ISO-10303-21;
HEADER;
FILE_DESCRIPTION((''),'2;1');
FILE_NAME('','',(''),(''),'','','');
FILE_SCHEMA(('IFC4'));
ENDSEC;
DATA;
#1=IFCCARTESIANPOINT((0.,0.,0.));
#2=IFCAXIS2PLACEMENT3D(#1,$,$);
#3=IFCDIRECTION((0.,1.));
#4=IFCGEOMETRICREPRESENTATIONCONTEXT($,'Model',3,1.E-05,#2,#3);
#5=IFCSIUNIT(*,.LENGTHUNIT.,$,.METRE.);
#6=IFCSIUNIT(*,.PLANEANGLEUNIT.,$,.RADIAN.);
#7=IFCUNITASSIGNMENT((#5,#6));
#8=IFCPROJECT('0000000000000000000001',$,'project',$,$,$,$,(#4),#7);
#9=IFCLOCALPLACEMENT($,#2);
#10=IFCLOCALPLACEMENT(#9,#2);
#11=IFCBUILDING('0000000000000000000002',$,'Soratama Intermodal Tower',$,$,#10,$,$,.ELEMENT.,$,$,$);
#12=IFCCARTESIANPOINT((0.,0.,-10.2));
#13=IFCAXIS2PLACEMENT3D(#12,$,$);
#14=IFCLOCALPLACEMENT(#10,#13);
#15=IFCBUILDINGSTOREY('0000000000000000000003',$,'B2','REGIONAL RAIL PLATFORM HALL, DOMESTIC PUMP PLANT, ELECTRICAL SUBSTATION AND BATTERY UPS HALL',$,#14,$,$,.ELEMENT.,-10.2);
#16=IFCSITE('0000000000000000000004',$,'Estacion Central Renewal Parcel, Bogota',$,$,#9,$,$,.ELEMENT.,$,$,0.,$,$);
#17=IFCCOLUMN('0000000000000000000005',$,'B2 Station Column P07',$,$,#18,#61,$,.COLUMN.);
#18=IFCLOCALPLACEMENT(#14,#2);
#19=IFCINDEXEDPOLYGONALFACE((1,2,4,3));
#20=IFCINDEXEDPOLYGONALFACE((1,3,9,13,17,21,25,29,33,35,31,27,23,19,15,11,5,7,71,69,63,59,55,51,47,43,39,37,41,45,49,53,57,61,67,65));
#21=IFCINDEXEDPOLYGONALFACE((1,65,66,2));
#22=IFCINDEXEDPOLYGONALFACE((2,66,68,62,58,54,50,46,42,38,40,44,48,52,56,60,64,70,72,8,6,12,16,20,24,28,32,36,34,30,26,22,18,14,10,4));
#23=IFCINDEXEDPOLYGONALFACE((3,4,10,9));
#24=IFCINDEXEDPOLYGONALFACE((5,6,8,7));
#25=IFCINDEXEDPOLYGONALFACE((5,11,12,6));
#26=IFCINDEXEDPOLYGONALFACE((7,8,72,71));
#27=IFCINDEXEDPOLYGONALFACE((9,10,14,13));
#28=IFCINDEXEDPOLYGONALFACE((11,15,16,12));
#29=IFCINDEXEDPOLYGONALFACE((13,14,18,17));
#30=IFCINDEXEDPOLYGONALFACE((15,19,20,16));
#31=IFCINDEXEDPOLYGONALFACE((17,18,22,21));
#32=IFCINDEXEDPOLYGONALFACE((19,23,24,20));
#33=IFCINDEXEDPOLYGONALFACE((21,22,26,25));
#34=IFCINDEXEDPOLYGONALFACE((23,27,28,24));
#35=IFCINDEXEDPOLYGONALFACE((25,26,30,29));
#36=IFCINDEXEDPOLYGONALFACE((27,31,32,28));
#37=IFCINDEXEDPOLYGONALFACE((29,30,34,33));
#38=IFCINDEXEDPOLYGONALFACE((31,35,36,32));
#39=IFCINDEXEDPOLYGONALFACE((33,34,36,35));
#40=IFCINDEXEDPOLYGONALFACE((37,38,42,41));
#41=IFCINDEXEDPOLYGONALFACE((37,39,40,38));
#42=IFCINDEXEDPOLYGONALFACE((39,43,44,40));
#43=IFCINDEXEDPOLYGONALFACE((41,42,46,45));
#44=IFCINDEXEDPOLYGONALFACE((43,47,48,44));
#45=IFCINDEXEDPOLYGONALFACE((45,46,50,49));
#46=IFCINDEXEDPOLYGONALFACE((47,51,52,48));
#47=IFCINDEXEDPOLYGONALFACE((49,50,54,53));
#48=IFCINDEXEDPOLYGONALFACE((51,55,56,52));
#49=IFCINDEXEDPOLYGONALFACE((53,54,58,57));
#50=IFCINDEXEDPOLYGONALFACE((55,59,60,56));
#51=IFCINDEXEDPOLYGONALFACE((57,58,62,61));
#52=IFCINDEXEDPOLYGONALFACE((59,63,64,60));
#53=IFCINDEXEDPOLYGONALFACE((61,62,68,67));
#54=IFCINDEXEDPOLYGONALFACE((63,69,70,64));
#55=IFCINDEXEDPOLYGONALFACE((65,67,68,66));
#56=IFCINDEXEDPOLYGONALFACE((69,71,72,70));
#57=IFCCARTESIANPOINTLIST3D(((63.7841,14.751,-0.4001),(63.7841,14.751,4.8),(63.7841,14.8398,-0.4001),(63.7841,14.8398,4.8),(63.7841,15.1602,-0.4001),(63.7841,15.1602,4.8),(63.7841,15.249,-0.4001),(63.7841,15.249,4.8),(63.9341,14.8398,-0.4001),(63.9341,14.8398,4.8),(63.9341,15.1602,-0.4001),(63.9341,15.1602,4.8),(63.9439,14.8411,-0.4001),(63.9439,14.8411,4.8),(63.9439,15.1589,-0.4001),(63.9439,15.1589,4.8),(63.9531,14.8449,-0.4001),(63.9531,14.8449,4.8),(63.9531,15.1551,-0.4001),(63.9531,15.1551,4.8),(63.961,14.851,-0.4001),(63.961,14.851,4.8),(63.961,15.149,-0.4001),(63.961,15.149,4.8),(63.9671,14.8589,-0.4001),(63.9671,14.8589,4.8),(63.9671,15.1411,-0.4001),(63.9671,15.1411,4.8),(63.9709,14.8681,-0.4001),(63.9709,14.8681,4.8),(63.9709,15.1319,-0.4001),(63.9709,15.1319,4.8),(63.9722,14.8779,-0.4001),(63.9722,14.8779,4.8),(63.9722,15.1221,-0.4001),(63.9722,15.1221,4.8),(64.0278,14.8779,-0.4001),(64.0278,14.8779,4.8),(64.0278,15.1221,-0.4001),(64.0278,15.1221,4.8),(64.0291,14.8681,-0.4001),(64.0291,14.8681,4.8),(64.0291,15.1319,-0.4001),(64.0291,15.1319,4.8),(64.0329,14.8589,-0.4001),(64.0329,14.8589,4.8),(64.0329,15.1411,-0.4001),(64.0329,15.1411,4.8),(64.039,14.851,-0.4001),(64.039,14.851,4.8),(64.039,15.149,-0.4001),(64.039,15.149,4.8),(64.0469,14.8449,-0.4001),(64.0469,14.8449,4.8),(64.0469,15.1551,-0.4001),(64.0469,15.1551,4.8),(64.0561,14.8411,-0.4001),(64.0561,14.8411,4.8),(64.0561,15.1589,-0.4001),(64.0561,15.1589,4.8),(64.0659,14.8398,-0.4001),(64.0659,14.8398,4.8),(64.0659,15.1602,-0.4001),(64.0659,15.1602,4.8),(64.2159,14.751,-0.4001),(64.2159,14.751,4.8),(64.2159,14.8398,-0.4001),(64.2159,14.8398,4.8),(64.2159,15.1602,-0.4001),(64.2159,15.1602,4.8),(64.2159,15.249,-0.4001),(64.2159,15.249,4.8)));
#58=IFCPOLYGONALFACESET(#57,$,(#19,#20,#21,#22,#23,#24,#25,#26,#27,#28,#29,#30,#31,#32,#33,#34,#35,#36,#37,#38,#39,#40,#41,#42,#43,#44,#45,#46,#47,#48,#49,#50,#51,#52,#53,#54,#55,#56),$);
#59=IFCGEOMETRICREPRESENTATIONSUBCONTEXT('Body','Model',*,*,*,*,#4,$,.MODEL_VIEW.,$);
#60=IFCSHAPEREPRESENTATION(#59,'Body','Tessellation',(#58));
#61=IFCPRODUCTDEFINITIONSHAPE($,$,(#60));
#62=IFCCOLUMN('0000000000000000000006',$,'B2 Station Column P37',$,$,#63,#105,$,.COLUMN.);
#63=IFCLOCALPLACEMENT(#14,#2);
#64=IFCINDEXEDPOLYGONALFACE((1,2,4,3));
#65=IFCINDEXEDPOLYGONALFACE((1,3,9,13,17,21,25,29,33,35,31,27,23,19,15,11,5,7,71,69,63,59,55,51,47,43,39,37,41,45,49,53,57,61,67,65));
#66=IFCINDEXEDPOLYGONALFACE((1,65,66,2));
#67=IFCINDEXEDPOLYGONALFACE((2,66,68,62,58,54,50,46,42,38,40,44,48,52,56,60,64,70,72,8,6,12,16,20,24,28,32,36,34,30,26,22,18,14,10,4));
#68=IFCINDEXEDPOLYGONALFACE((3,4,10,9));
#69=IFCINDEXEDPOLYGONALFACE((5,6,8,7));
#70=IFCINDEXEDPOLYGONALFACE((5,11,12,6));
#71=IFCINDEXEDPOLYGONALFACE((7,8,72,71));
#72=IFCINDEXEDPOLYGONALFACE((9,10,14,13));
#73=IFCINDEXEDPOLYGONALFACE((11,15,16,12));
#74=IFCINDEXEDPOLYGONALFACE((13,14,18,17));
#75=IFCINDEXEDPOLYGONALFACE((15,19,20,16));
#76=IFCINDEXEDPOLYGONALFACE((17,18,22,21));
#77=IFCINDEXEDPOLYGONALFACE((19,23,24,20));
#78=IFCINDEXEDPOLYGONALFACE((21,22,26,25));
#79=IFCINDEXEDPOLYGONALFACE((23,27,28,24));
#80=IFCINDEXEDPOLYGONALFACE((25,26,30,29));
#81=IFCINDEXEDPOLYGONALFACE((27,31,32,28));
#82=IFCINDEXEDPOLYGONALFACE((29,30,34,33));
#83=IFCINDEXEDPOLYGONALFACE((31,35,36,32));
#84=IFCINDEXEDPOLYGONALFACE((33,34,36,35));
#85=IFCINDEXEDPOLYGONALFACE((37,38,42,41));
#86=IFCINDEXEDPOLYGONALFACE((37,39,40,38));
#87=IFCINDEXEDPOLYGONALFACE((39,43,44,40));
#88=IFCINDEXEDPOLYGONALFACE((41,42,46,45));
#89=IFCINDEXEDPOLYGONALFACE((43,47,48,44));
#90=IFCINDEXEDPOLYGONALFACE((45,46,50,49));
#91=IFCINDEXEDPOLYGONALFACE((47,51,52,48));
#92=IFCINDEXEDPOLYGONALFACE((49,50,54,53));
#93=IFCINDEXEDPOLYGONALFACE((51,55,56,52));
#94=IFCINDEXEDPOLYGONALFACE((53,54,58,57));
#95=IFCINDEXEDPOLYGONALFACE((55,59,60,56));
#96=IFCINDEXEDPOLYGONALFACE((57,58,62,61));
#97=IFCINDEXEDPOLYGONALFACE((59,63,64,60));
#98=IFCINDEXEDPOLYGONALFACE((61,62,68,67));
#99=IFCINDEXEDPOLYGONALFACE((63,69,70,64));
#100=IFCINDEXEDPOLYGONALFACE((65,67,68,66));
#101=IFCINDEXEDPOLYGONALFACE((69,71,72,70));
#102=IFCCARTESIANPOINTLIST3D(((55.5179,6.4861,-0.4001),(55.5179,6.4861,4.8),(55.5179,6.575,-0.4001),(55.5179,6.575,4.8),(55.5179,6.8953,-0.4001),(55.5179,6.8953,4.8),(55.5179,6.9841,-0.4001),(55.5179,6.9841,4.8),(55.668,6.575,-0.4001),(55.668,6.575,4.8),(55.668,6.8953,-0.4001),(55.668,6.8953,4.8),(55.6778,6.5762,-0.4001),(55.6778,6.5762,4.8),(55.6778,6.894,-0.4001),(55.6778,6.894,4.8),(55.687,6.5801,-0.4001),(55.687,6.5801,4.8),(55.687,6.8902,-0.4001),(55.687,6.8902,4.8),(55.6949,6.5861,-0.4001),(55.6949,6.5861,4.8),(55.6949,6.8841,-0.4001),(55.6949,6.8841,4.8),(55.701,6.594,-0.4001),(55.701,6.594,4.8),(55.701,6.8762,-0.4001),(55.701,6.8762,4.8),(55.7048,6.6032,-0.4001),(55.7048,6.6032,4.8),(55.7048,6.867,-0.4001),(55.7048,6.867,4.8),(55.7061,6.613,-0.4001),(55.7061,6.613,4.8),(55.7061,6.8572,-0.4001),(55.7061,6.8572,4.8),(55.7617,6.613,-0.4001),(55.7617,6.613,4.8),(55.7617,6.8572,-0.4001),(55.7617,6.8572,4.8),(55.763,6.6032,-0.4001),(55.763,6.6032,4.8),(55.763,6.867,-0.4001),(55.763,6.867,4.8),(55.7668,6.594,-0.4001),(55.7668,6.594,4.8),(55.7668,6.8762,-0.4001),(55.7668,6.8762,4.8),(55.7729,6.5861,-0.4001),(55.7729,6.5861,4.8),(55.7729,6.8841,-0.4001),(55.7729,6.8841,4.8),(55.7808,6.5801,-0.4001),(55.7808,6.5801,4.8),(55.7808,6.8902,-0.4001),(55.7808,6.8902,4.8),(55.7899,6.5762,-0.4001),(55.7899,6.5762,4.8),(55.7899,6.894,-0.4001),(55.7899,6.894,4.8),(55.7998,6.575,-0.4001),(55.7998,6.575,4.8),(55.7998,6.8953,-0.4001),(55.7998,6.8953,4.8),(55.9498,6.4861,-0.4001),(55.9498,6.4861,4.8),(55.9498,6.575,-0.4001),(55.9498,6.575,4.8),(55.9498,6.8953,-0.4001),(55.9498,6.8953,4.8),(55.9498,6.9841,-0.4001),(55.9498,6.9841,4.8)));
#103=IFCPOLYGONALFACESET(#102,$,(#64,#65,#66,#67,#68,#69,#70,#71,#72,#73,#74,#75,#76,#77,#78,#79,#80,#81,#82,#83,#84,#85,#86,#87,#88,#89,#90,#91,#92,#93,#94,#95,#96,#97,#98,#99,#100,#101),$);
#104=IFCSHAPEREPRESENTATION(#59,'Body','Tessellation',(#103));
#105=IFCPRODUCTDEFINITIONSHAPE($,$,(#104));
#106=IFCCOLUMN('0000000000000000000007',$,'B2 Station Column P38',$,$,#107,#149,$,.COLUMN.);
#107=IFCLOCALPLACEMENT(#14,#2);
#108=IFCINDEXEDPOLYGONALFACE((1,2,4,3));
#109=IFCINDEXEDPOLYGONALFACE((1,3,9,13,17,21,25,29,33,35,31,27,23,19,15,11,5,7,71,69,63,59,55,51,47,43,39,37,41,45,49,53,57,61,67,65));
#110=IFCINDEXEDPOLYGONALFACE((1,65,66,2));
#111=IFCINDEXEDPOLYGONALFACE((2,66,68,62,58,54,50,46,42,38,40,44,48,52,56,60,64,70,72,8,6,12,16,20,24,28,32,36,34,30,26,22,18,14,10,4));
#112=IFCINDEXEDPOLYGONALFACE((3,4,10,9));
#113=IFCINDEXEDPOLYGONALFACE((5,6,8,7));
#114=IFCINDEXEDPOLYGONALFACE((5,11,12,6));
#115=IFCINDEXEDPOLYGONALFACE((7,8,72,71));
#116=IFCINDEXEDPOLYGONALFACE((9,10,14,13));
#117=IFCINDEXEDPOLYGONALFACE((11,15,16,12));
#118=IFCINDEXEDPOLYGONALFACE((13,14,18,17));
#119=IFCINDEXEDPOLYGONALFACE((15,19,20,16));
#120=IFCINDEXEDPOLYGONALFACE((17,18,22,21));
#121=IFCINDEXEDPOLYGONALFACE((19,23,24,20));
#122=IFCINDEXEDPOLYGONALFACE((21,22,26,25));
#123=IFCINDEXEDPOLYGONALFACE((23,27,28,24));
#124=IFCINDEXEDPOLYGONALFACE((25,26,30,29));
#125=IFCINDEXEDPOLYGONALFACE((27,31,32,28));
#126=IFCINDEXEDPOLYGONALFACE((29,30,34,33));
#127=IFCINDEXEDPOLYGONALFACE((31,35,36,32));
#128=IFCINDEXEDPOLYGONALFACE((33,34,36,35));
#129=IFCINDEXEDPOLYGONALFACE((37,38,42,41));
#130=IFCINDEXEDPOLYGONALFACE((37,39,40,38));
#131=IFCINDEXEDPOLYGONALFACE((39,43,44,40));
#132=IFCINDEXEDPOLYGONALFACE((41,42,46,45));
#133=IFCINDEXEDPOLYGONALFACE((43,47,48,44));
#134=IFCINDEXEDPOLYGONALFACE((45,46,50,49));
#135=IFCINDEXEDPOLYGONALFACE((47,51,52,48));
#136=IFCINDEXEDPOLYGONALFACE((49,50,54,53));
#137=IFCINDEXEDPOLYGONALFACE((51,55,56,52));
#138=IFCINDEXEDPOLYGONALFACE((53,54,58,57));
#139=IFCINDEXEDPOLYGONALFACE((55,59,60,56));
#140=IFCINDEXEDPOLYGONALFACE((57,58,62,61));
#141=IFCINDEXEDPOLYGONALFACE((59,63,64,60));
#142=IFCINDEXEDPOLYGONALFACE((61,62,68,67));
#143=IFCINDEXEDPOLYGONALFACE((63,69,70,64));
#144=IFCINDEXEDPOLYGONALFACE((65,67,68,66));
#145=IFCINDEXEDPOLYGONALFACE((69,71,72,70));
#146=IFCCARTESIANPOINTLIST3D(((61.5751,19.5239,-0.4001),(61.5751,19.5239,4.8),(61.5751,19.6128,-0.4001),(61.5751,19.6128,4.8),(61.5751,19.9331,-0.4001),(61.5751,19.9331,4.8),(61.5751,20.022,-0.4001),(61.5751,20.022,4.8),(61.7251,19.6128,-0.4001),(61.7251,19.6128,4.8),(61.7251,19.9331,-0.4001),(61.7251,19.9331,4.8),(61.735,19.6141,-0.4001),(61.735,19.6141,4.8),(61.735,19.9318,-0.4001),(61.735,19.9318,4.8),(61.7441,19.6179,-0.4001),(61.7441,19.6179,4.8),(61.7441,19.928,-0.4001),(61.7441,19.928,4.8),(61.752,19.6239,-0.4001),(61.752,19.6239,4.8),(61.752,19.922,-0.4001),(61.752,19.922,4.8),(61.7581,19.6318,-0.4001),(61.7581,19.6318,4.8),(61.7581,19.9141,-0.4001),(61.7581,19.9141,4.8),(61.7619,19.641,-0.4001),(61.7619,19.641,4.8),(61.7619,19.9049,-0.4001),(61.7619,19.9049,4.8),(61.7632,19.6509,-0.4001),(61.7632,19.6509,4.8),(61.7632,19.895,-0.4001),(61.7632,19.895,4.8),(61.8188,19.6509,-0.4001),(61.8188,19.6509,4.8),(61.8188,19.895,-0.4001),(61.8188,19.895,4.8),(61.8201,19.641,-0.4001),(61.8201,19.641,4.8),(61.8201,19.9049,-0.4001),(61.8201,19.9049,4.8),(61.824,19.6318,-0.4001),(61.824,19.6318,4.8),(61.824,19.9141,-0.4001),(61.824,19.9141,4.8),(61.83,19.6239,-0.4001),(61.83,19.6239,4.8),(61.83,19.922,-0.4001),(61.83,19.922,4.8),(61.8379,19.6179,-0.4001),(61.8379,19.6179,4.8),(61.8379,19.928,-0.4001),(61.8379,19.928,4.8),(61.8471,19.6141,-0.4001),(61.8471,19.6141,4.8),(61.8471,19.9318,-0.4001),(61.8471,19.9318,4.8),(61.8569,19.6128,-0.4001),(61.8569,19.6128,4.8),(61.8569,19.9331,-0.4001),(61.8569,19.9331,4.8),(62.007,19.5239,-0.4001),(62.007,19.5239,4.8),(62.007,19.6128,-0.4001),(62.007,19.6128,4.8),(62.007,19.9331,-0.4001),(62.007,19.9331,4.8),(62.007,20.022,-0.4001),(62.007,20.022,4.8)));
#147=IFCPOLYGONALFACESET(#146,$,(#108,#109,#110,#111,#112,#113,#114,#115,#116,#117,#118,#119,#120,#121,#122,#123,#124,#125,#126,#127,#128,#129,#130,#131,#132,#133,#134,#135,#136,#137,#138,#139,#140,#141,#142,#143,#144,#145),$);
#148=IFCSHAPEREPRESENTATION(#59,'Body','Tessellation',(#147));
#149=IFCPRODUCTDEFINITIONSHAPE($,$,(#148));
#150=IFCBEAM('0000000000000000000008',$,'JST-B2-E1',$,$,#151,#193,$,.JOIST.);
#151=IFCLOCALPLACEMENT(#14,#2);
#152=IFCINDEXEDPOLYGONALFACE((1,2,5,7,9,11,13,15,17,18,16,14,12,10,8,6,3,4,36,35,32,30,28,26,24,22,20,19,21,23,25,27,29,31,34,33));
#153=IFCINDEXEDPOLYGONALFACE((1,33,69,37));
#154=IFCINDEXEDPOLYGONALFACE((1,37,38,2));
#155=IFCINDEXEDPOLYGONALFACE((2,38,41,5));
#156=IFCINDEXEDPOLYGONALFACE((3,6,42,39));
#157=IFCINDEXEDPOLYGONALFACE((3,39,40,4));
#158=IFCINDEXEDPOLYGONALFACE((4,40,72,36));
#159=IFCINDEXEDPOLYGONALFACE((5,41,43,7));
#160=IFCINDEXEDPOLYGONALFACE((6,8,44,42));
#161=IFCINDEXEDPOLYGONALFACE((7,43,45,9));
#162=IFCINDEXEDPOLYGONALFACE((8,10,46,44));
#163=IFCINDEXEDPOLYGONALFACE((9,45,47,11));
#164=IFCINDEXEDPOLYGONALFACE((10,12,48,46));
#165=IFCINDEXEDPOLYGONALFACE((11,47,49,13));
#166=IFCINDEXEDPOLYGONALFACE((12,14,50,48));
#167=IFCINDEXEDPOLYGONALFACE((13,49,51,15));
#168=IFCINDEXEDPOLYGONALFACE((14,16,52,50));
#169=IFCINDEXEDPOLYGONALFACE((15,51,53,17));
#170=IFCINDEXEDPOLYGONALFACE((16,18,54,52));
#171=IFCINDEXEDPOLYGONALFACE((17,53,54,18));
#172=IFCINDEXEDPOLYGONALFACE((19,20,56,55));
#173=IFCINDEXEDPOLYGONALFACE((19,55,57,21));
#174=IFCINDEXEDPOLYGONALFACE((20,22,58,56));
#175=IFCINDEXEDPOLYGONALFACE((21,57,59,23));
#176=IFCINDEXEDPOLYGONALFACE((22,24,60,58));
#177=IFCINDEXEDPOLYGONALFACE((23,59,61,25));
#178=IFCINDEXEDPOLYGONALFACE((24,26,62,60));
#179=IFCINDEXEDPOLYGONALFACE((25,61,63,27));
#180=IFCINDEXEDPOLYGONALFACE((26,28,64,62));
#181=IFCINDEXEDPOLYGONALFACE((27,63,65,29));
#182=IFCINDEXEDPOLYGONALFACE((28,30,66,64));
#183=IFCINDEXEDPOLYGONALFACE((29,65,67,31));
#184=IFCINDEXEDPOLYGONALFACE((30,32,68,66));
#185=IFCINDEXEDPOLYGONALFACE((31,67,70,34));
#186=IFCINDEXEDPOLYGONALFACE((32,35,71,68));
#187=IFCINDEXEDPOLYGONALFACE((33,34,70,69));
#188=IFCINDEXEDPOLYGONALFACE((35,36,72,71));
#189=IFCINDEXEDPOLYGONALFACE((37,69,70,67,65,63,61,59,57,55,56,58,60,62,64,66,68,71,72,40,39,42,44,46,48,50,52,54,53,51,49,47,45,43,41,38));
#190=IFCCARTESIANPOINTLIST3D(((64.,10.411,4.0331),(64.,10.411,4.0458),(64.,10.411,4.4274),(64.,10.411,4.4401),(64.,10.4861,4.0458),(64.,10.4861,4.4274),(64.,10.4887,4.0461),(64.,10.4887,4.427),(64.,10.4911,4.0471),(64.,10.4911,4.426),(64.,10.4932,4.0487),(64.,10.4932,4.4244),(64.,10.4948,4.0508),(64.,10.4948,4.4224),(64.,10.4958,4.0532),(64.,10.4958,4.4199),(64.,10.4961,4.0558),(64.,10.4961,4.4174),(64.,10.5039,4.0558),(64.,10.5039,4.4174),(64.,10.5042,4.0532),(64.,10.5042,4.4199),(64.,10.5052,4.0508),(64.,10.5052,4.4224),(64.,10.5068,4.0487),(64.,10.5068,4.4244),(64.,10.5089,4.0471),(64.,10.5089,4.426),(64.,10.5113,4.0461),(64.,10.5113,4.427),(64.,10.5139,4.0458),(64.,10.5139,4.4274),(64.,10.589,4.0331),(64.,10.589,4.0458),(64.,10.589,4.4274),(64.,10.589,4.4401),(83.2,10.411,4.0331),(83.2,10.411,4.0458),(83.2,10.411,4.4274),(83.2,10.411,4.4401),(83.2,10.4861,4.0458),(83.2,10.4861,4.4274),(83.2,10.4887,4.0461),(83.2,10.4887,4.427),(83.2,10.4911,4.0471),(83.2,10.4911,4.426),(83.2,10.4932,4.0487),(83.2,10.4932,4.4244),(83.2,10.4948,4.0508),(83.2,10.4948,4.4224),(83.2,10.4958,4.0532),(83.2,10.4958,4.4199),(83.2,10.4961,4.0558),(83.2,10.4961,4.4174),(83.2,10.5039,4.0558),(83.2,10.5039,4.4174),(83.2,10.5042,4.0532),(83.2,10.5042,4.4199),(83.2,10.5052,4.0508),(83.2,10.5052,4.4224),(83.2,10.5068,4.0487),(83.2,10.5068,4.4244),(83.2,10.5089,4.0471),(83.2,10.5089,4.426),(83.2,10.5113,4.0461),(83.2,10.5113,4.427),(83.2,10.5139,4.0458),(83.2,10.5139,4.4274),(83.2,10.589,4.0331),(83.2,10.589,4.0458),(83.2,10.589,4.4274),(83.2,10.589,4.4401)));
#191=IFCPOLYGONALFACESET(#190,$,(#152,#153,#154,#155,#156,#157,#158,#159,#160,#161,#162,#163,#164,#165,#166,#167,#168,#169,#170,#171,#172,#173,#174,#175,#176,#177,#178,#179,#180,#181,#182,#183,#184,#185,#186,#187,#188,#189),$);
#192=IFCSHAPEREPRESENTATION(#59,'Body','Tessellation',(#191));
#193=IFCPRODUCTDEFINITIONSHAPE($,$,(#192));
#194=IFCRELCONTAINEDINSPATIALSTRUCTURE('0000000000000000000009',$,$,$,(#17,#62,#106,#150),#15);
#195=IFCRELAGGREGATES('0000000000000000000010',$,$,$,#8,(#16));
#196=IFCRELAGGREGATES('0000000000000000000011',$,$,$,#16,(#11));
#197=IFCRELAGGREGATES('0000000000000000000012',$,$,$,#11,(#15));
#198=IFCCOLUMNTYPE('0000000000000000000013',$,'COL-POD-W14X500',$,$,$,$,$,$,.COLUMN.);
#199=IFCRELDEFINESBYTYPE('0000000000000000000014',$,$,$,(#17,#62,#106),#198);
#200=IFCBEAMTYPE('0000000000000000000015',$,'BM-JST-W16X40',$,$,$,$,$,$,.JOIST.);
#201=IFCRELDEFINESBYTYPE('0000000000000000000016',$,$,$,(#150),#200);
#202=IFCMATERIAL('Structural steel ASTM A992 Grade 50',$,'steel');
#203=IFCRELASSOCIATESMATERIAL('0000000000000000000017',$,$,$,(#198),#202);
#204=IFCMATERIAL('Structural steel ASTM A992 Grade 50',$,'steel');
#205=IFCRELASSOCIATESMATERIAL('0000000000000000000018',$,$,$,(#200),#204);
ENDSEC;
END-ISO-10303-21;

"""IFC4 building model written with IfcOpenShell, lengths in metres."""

from ifc_helpers import new_model, si_unit, direction, frame, origin, origin_2d, place, context, subcontext, project, spatial, i_section, extrude, material, material_profile, profile_set, type_object, element, save


model = new_model("IFC4")

# Units and contexts
model_context = context("Model", 3, precision=1e-05, world=origin(), true_north=direction((0.0, 1.0)))
body_context = subcontext(model_context, "Body", "Model", "MODEL_VIEW")
ifc_project = project(units=[si_unit("LENGTHUNIT", "METRE"), si_unit("PLANEANGLEUNIT", "RADIAN")], contexts=[model_context])

# Site, building, storey
site_placement = place(None, origin())
site = spatial("IfcSite", under=ifc_project, at=site_placement, Name="Estacion Central Renewal Parcel, Bogota", CompositionType="ELEMENT", RefElevation=0.0)
building_placement = place(site_placement, origin())
building = spatial("IfcBuilding", under=site, at=building_placement, Name="Soratama Intermodal Tower", CompositionType="ELEMENT")
storey_placement = place(building_placement, frame((0.0, 0.0, -10.2)))
storey = spatial("IfcBuildingStorey", under=building, at=storey_placement, Name="B2", Description="REGIONAL RAIL PLATFORM HALL, DOMESTIC PUMP PLANT, ELECTRICAL SUBSTATION AND BATTERY UPS HALL", CompositionType="ELEMENT", Elevation=-10.2)

# Columns
ifc_material_1 = material(Name="Structural steel ASTM A992 Grade 50", Category="steel")
ifc_material_profile_1 = material_profile(ifc_material_1, i_section(OverallWidth=0.4319, OverallDepth=0.498, WebThickness=0.0557, FlangeThickness=0.0889, FilletRadius=0.0381, at=origin_2d()), Name="W14X500")
ifc_profile_set_1 = profile_set([ifc_material_profile_1], Name="Structural steel ASTM A992 Grade 50")
column_type_1 = type_object("IfcColumnType", Name="COL-POD-W14X500", PredefinedType="COLUMN", material=ifc_profile_set_1)
for number, where, z_axis, x_axis, name in (
    (1, (64.0, 15.0, -0.4001), (0.0, 0.0, 1.0), (1.0, 0.0, 0.0), "B2 Station Column P07"),
    (2, (55.7339, 6.7351, -0.4001), (0.0, 0.0, 1.0), (1.0, 0.0, 0.0), "B2 Station Column P37"),
    (3, (61.791, 19.7729, -0.4001), (0.0, 0.0, 1.0), (1.0, 0.0, 0.0), "B2 Station Column P38"),
):
    element("IfcColumn", number, at=place(storey_placement, frame(where, z_axis=z_axis, x_axis=x_axis)), inside=storey, type_object=column_type_1, Name=name, PredefinedType="COLUMN", context=body_context, shape_type="SweptSolid", body=[
        extrude(i_section(OverallWidth=0.4319, OverallDepth=0.498, WebThickness=0.0557, FlangeThickness=0.0889, FilletRadius=0.0381, at=origin_2d()), origin(), (0.0, 0.0, 1.0), 5.2002),
    ])

# Beam
ifc_material_2 = material(Name="Structural steel ASTM A992 Grade 50", Category="steel")
ifc_material_profile_2 = material_profile(ifc_material_2, i_section(OverallWidth=0.178, OverallDepth=0.407, WebThickness=0.0078, FlangeThickness=0.0127, FilletRadius=0.01, at=origin_2d()), Name="W16X40")
ifc_profile_set_2 = profile_set([ifc_material_profile_2], Name="Structural steel ASTM A992 Grade 50")
beam_type_1 = type_object("IfcBeamType", Name="BM-JST-W16X40", PredefinedType="JOIST", material=ifc_profile_set_2)
for number, where, z_axis, x_axis, name in (
    (4, (64.0, 10.5, 4.2366), (1.0, 0.0, 0.0), (0.0, 1.0, 0.0), "JST-B2-E1"),
):
    element("IfcBeam", number, at=place(storey_placement, frame(where, z_axis=z_axis, x_axis=x_axis)), inside=storey, type_object=beam_type_1, Name=name, PredefinedType="JOIST", context=body_context, shape_type="SweptSolid", body=[
        extrude(i_section(OverallWidth=0.178, OverallDepth=0.407, WebThickness=0.0078, FlangeThickness=0.0127, FilletRadius=0.01, at=origin_2d()), origin(), (0.0, 0.0, 1.0), 19.2),
    ])

save(model, "model.ifc")
